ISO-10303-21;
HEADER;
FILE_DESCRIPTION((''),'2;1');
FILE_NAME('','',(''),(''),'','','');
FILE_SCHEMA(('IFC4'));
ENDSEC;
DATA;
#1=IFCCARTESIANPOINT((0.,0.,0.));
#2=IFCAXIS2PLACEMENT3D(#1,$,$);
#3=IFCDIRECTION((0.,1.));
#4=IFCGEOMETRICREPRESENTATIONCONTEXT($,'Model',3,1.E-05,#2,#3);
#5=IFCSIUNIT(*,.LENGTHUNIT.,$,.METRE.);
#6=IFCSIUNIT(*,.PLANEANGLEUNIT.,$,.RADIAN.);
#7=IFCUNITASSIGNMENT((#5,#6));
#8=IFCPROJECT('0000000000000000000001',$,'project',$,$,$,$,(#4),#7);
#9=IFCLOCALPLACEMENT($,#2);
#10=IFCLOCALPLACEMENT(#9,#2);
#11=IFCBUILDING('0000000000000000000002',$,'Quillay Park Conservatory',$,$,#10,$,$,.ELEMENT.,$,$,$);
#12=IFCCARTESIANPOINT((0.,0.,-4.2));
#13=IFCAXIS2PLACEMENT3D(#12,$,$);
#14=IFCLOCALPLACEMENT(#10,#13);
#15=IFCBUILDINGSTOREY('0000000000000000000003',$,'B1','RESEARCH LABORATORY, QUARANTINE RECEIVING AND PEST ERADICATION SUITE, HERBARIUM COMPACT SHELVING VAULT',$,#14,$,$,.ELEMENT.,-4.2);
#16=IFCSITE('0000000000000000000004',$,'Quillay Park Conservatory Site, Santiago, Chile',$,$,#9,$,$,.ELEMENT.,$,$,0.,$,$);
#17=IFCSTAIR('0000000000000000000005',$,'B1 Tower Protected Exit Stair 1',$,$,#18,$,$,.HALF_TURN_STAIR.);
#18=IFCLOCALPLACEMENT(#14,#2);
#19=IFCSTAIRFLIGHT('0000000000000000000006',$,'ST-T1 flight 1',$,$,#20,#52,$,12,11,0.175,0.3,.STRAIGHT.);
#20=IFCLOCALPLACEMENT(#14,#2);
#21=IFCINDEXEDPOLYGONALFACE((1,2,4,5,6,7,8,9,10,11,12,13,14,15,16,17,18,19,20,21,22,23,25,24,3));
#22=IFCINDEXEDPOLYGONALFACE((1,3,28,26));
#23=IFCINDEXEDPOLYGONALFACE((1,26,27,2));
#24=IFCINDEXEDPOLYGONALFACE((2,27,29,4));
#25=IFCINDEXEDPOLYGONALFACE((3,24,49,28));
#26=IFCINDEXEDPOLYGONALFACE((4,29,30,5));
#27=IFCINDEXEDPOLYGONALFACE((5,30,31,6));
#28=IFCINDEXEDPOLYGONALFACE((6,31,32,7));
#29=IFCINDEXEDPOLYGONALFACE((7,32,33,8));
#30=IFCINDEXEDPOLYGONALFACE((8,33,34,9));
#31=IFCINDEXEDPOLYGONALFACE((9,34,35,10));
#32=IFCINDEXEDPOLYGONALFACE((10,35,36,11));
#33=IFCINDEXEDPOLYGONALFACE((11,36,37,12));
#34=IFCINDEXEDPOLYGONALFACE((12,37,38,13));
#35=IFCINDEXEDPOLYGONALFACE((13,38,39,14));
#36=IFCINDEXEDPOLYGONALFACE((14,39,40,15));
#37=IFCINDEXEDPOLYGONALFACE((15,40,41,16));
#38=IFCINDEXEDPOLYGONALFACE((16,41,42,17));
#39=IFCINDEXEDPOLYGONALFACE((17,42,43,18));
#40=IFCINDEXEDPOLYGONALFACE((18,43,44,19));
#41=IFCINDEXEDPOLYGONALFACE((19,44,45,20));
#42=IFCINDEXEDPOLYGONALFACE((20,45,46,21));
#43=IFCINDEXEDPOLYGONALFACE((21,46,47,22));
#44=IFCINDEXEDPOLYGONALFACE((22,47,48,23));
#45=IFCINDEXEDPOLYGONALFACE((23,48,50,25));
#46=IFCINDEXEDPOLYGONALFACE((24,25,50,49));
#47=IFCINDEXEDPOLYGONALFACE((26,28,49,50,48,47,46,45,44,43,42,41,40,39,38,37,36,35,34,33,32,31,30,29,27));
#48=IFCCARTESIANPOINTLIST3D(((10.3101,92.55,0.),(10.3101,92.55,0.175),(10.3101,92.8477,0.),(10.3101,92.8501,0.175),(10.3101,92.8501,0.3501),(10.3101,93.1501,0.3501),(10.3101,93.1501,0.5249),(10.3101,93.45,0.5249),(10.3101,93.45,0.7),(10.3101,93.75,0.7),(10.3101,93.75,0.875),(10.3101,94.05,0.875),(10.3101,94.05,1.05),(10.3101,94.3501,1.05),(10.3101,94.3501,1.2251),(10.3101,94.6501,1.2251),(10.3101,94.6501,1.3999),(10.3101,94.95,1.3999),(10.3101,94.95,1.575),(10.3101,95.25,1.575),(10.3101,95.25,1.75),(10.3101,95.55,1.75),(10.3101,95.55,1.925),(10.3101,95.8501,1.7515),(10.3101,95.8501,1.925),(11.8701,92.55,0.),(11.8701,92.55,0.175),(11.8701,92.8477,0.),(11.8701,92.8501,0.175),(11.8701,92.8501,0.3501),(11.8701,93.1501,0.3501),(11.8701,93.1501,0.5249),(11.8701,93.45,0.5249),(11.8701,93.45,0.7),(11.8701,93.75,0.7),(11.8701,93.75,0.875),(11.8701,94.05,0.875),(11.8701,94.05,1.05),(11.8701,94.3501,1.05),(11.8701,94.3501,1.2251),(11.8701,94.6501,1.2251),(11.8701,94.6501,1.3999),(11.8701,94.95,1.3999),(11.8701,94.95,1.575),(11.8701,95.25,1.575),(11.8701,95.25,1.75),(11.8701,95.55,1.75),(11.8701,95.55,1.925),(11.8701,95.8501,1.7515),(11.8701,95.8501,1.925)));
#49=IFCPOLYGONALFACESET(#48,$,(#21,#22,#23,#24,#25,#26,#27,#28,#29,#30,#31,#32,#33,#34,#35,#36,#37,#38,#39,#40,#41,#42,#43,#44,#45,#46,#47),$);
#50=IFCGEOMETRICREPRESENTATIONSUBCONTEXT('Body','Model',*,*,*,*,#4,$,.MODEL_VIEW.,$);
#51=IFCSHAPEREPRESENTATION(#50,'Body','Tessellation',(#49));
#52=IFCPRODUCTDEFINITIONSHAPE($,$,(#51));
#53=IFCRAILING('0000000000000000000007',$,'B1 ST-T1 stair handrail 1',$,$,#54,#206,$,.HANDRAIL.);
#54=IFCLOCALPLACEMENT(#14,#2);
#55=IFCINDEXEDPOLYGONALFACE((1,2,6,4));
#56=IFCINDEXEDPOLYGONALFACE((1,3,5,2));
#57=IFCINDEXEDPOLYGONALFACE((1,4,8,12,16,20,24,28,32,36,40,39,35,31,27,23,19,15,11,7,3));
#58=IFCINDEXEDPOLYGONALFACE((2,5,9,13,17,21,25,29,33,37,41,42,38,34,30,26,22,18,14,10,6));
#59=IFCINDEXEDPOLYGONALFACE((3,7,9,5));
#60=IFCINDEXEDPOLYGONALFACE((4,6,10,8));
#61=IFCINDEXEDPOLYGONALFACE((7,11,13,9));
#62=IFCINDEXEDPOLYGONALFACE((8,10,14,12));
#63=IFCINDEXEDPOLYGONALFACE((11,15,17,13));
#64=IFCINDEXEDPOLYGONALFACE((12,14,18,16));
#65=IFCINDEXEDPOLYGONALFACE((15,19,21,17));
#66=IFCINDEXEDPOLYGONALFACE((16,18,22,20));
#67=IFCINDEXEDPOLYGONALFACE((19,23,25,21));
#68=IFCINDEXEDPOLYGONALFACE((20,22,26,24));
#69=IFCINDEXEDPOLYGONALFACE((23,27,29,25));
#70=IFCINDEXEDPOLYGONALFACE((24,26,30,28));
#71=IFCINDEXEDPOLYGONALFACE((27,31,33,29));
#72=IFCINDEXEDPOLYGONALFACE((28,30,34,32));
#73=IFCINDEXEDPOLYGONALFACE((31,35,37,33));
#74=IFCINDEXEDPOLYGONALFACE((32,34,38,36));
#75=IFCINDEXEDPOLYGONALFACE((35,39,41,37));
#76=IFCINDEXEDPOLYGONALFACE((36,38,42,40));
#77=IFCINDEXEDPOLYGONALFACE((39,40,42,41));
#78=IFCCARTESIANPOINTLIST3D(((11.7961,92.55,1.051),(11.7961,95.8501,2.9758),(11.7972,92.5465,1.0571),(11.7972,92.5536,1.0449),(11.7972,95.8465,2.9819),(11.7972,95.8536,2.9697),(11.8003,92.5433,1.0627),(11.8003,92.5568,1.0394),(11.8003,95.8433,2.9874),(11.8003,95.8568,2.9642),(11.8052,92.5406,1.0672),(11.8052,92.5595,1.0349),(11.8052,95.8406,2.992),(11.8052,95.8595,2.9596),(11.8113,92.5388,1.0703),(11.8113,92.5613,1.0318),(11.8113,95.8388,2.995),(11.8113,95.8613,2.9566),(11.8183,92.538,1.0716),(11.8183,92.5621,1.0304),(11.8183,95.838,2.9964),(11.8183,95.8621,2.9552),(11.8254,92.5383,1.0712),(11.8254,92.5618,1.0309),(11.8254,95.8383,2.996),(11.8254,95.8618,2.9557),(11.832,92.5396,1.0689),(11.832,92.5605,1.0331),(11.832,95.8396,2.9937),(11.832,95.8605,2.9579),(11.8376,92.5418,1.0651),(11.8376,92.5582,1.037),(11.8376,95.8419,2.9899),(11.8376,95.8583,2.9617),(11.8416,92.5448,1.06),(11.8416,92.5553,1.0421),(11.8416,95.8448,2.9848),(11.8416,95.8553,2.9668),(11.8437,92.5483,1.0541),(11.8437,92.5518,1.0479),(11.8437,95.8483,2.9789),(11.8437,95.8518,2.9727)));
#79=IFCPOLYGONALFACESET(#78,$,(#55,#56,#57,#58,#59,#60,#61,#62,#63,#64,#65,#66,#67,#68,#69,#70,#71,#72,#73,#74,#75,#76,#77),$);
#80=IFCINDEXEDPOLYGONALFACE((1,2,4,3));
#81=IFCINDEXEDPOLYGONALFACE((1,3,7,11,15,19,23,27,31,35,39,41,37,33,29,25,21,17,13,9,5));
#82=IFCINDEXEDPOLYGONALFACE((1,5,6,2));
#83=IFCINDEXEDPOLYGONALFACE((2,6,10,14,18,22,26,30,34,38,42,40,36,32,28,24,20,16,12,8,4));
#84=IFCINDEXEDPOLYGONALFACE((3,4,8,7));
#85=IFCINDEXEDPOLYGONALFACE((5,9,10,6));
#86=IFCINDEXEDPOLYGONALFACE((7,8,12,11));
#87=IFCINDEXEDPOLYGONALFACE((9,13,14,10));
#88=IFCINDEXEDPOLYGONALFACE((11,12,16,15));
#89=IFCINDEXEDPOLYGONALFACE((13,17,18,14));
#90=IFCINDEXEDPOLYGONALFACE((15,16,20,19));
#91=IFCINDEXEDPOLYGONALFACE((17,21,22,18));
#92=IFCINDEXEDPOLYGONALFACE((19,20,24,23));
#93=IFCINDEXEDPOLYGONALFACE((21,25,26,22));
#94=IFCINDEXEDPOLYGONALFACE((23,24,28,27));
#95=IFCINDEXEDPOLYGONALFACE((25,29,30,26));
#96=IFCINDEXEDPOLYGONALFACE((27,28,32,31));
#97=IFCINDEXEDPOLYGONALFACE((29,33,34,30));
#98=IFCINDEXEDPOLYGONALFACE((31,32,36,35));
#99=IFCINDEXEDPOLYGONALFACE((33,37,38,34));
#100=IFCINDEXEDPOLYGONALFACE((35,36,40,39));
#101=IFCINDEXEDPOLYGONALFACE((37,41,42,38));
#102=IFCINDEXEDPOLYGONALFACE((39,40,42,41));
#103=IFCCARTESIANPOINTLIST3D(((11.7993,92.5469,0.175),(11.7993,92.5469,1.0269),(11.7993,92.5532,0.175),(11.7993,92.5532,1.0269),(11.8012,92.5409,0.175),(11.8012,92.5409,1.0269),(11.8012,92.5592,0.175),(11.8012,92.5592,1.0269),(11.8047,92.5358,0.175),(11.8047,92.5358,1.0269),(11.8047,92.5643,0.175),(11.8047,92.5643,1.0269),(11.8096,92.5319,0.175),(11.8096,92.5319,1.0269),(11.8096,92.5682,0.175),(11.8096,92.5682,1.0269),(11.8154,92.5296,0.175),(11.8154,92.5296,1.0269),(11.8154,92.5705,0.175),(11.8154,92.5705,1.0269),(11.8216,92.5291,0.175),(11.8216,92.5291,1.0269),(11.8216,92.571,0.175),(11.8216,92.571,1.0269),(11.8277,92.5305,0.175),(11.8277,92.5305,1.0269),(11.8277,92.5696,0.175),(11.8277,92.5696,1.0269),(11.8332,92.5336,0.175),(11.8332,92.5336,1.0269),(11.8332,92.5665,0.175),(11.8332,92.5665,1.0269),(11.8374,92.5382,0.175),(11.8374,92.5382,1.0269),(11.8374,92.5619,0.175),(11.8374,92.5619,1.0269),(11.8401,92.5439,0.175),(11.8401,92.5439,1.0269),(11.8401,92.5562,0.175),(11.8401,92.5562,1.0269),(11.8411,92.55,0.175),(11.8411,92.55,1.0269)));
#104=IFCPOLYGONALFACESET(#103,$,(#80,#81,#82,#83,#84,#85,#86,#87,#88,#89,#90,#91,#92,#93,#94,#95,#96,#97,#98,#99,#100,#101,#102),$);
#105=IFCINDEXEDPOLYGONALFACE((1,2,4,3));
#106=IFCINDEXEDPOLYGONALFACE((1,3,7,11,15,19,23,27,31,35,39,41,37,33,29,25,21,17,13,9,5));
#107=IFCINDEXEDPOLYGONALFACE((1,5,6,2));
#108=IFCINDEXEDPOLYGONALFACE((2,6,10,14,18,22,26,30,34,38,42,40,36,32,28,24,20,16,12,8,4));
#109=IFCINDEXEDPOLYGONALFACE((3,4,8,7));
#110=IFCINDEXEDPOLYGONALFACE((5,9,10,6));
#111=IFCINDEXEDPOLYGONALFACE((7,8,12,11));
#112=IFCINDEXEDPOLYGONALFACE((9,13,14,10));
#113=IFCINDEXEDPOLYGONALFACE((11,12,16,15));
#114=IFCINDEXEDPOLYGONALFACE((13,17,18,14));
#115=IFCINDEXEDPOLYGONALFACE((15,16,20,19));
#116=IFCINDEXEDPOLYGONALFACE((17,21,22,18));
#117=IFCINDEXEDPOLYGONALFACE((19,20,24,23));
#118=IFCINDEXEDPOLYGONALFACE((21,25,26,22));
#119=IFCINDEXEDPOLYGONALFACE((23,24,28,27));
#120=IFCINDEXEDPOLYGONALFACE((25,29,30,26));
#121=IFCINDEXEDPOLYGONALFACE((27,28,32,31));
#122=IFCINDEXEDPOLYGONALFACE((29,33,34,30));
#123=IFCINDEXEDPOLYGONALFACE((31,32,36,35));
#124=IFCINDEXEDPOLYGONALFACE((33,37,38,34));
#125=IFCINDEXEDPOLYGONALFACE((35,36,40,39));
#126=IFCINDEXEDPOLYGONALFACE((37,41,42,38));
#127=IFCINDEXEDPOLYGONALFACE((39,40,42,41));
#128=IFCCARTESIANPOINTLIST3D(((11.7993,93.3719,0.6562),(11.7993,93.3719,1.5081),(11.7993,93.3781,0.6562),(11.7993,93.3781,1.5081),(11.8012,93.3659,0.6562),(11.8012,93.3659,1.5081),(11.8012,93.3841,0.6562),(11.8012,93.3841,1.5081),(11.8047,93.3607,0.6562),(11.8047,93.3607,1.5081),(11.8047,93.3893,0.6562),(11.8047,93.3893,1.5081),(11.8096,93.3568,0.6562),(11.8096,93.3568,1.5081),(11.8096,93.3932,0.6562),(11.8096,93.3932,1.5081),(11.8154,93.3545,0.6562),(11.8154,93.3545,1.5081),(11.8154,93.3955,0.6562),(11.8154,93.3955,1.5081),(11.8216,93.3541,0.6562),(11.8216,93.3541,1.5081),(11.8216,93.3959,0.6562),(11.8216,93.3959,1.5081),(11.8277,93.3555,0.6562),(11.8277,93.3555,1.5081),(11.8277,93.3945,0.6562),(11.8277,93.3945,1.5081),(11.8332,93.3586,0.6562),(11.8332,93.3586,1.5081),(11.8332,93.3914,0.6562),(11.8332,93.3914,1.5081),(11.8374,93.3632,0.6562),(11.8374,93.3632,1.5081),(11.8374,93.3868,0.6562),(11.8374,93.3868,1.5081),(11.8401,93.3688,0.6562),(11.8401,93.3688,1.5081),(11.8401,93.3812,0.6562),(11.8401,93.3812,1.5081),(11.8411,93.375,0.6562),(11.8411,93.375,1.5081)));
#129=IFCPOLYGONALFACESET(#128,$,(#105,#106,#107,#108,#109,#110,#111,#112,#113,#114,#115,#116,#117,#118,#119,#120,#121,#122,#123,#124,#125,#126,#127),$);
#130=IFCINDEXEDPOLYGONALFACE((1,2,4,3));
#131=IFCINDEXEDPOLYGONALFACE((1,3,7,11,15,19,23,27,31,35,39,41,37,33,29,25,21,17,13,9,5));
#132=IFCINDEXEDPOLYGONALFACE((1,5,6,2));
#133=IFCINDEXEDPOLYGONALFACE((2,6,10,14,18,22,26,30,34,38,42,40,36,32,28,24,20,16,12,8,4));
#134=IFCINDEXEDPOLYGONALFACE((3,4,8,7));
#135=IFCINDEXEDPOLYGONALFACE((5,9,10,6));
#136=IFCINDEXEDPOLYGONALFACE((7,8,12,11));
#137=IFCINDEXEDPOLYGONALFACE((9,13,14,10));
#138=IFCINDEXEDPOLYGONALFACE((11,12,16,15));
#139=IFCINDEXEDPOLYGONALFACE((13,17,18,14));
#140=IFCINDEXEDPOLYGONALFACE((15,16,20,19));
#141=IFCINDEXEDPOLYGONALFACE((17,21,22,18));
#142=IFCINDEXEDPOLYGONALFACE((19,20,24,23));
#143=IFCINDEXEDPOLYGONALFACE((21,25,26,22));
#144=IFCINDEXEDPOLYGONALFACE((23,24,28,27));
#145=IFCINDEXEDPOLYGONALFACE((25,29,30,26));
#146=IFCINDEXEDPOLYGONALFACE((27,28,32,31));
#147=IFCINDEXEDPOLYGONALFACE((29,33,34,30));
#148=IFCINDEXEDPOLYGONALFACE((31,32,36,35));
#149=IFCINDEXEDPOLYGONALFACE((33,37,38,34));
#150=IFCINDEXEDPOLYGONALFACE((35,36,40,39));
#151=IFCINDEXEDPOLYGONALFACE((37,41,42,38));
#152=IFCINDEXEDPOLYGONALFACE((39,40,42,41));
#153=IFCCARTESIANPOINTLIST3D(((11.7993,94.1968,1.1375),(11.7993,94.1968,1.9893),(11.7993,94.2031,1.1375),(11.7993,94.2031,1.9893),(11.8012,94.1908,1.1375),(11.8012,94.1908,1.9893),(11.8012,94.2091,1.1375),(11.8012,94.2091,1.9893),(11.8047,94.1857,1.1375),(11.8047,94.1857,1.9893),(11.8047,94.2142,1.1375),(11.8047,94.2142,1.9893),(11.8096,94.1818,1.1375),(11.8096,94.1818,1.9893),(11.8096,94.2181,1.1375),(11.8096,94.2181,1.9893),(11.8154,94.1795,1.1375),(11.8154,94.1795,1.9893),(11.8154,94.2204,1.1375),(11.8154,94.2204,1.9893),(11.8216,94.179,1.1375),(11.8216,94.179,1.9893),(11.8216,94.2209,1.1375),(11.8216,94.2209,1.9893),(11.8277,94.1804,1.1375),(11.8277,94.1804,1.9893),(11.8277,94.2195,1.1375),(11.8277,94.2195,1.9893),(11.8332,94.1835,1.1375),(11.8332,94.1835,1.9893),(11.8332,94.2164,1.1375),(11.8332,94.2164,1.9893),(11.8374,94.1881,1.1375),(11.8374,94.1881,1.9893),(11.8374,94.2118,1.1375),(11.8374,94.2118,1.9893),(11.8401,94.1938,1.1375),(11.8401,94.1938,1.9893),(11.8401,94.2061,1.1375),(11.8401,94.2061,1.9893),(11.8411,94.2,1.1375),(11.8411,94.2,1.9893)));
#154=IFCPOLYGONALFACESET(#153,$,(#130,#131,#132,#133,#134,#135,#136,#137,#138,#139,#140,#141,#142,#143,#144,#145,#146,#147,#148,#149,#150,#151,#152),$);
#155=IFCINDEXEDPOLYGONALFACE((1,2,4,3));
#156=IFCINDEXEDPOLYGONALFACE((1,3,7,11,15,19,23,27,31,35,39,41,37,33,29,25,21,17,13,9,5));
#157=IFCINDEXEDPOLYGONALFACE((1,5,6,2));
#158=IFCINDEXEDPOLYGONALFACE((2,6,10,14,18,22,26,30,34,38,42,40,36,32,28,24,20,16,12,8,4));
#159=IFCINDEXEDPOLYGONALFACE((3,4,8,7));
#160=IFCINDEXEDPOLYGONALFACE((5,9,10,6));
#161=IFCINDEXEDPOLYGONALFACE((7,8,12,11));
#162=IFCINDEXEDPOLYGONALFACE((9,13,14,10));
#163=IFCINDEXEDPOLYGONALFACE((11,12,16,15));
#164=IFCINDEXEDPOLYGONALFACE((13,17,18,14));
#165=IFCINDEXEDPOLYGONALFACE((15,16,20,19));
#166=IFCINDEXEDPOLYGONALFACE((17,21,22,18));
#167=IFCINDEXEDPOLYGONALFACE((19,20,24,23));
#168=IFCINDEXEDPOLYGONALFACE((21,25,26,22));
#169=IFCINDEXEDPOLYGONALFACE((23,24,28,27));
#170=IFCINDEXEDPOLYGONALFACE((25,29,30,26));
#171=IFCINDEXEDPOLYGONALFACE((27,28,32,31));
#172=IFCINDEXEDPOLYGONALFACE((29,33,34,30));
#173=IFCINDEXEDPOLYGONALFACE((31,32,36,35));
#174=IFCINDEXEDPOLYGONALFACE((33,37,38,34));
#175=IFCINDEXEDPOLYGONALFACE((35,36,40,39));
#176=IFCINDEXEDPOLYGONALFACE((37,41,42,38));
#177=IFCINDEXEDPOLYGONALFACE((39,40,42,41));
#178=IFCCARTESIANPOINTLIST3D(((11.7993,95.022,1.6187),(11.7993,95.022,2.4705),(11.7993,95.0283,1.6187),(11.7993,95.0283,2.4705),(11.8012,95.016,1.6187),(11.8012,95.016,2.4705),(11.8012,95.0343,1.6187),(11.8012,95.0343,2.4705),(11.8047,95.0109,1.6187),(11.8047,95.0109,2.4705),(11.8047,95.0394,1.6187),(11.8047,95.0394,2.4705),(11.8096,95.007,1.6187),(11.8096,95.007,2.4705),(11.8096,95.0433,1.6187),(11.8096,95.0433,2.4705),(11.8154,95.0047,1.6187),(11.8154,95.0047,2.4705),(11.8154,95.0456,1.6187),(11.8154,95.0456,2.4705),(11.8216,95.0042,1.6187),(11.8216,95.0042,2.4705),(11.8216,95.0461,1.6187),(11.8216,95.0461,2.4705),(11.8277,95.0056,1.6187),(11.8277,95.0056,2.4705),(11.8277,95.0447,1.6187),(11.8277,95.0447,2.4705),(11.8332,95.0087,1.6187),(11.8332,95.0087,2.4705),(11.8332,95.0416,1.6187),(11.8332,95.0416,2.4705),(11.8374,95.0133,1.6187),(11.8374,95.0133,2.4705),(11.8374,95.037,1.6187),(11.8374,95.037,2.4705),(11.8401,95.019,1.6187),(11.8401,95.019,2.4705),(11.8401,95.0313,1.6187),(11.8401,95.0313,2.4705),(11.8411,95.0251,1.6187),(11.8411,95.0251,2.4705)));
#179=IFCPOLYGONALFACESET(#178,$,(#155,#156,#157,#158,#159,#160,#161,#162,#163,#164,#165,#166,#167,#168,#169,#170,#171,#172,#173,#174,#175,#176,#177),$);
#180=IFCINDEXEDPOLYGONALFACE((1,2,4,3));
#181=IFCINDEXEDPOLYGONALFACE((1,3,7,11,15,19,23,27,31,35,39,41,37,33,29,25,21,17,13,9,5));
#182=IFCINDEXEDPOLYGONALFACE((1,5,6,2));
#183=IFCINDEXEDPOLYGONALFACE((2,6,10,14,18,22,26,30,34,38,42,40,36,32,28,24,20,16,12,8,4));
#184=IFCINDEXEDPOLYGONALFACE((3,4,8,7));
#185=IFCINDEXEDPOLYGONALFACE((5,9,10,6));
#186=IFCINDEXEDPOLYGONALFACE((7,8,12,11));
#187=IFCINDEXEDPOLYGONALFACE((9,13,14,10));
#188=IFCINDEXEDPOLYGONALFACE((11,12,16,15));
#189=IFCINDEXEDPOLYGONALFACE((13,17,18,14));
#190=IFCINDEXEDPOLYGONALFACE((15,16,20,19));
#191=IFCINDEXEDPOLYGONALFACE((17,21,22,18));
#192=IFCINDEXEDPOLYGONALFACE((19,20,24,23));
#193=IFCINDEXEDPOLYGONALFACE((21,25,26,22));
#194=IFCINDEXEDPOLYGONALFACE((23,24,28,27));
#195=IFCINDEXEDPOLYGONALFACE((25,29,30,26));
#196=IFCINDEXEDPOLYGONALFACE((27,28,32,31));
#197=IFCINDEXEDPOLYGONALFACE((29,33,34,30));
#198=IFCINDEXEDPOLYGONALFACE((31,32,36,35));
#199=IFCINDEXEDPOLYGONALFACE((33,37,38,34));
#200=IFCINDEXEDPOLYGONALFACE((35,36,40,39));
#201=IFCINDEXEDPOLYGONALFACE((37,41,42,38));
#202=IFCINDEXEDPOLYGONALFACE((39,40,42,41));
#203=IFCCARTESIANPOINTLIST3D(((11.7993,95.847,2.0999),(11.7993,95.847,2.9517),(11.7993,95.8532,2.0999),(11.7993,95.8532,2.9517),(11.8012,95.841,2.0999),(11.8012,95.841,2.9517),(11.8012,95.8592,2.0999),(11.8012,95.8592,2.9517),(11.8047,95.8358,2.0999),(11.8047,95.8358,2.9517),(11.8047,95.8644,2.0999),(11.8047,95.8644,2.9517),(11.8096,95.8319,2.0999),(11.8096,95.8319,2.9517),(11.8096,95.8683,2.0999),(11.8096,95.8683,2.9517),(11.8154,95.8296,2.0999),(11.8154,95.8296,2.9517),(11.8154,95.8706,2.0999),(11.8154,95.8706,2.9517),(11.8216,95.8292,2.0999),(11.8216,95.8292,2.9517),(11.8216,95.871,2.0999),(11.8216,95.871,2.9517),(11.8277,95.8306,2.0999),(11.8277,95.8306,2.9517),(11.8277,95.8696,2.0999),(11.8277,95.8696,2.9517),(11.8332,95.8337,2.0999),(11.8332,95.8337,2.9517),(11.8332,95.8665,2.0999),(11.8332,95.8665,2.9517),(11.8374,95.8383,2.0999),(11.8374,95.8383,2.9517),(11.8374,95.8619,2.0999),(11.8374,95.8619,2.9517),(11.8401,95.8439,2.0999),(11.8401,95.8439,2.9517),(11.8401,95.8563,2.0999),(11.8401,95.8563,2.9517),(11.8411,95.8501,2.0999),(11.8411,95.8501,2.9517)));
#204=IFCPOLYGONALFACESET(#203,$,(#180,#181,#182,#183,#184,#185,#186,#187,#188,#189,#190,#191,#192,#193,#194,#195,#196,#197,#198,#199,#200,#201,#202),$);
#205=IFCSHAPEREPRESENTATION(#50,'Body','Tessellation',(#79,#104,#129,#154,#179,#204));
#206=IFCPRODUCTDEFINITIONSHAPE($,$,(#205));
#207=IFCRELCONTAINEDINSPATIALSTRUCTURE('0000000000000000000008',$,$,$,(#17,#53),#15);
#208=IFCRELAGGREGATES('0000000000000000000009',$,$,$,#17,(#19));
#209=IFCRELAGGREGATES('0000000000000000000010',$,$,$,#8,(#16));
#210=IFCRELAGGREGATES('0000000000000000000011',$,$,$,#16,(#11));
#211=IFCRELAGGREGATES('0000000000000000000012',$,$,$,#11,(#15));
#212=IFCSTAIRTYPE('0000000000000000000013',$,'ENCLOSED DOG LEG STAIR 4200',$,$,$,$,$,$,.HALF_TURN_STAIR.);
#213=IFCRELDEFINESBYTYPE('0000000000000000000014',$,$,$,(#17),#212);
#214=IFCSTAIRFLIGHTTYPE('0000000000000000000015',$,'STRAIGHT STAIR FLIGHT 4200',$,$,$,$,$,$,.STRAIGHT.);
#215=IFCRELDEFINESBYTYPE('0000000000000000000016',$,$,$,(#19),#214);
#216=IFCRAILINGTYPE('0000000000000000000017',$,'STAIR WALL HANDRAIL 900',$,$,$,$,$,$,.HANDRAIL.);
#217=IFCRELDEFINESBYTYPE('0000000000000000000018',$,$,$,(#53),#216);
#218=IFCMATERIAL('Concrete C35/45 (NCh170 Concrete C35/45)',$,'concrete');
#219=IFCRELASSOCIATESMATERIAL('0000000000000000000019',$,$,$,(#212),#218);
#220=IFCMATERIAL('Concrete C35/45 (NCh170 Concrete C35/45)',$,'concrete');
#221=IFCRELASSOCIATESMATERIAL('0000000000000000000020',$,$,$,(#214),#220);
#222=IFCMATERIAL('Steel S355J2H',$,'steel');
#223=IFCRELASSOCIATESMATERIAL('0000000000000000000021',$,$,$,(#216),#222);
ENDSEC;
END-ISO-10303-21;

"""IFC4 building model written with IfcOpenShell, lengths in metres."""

from ifc_helpers import new_model, si_unit, direction, frame, origin, origin_2d, place, context, subcontext, project, spatial, polyline, circle, outline, extrude, material, type_object, element, aggregate, save


model = new_model("IFC4")

# Units and contexts
model_context = context("Model", 3, precision=1e-05, world=origin(), true_north=direction((0.0, 1.0)))
body_context = subcontext(model_context, "Body", "Model", "MODEL_VIEW")
ifc_project = project(units=[si_unit("LENGTHUNIT", "METRE"), si_unit("PLANEANGLEUNIT", "RADIAN")], contexts=[model_context])

# Site, building, storey
site_placement = place(None, origin())
site = spatial("IfcSite", under=ifc_project, at=site_placement, Name="Quillay Park Conservatory Site, Santiago, Chile", CompositionType="ELEMENT", RefElevation=0.0)
building_placement = place(site_placement, origin())
building = spatial("IfcBuilding", under=site, at=building_placement, Name="Quillay Park Conservatory", CompositionType="ELEMENT")
storey_placement = place(building_placement, frame((0.0, 0.0, -4.2)))
storey = spatial("IfcBuildingStorey", under=building, at=storey_placement, Name="B1", Description="RESEARCH LABORATORY, QUARANTINE RECEIVING AND PEST ERADICATION SUITE, HERBARIUM COMPACT SHELVING VAULT", CompositionType="ELEMENT", Elevation=-4.2)

# Stair, stair flight
ifc_material_1 = material(Name="Concrete C35/45 (NCh170 Concrete C35/45)", Category="concrete")
stair_type = type_object("IfcStairType", Name="ENCLOSED DOG LEG STAIR 4200", PredefinedType="HALF_TURN_STAIR", material=ifc_material_1)
stair_placement = place(storey_placement, origin())
stair = element("IfcStair", 1, at=stair_placement, inside=storey, type_object=stair_type, Name="B1 Tower Protected Exit Stair 1", PredefinedType="HALF_TURN_STAIR")
ifc_material_2 = material(Name="Concrete C35/45 (NCh170 Concrete C35/45)", Category="concrete")
stair_flight_type = type_object("IfcStairFlightType", Name="STRAIGHT STAIR FLIGHT 4200", PredefinedType="STRAIGHT", material=ifc_material_2)
stair_flight_placement = place(storey_placement, frame((11.0901, 92.55, 0.0), z_axis=(0.0, 0.0, 1.0), x_axis=(0.0, 1.0, 0.0)))
stair_flight = element("IfcStairFlight", 2, at=stair_flight_placement, type_object=stair_flight_type, Name="ST-T1 flight 1", NumberOfRisers=12, NumberOfTreads=11, PredefinedType="STRAIGHT", RiserHeight=0.175, TreadLength=0.3, context=body_context, shape_type="SweptSolid", body=[
    extrude(outline(polyline([(0.0, 0.0), (0.0, 0.175), (0.3, 0.175), (0.3, 0.3501), (0.6001, 0.3501), (0.6001, 0.5249), (0.8999, 0.5249), (0.8999, 0.7), (1.2, 0.7), (1.2, 0.875), (1.5, 0.875), (1.5, 1.05), (1.8, 1.05), (1.8, 1.2251), (2.1001, 1.2251), (2.1001, 1.3999), (2.3999, 1.3999), (2.3999, 1.575), (2.7, 1.575), (2.7, 1.75), (3.0, 1.75), (3.0, 1.925), (3.3, 1.925), (3.3, 2.1001), (3.3, 1.7515), (0.2976, 0.0), (0.0, 0.0)])), frame((0.0, 0.78, 0.0), z_axis=(0.0, -1.0, 0.0), x_axis=(1.0, 0.0, 0.0)), (0.0, 0.0, 1.0), 1.5601),
])
aggregate(stair, [stair_flight])

# Railing
ifc_material_3 = material(Name="Steel S355J2H", Category="steel")
railing_type_1 = type_object("IfcRailingType", Name="STAIR WALL HANDRAIL 900", PredefinedType="HANDRAIL", material=ifc_material_3)
railing_1_placement = place(storey_placement, frame((11.8201, 92.55, 0.175)))
element("IfcRailing", 3, at=railing_1_placement, inside=storey, type_object=railing_type_1, Name="B1 ST-T1 stair handrail 1", PredefinedType="HANDRAIL", context=body_context, shape_type="SweptSolid", body=[
    extrude(circle(Radius=0.0239, at=origin_2d()), frame((0.0, 0.0, 0.876), z_axis=(0.0, 0.863804, 0.503827), x_axis=(-1.0, 0.0, 0.0)), (0.0, 0.0, 1.0), 3.8203),
    extrude(circle(Radius=0.021, at=origin_2d()), origin(), (0.0, 0.0, 1.0), 0.8518),
    extrude(circle(Radius=0.021, at=origin_2d()), frame((0.0, 0.825, 0.4812)), (0.0, 0.0, 1.0), 0.8518),
    extrude(circle(Radius=0.021, at=origin_2d()), frame((0.0, 1.6499, 0.9624)), (0.0, 0.0, 1.0), 0.8518),
    extrude(circle(Radius=0.021, at=origin_2d()), frame((0.0, 2.4751, 1.4436)), (0.0, 0.0, 1.0), 0.8518),
    extrude(circle(Radius=0.021, at=origin_2d()), frame((0.0, 3.3, 1.9248)), (0.0, 0.0, 1.0), 0.8518),
])

save(model, "model.ifc")
